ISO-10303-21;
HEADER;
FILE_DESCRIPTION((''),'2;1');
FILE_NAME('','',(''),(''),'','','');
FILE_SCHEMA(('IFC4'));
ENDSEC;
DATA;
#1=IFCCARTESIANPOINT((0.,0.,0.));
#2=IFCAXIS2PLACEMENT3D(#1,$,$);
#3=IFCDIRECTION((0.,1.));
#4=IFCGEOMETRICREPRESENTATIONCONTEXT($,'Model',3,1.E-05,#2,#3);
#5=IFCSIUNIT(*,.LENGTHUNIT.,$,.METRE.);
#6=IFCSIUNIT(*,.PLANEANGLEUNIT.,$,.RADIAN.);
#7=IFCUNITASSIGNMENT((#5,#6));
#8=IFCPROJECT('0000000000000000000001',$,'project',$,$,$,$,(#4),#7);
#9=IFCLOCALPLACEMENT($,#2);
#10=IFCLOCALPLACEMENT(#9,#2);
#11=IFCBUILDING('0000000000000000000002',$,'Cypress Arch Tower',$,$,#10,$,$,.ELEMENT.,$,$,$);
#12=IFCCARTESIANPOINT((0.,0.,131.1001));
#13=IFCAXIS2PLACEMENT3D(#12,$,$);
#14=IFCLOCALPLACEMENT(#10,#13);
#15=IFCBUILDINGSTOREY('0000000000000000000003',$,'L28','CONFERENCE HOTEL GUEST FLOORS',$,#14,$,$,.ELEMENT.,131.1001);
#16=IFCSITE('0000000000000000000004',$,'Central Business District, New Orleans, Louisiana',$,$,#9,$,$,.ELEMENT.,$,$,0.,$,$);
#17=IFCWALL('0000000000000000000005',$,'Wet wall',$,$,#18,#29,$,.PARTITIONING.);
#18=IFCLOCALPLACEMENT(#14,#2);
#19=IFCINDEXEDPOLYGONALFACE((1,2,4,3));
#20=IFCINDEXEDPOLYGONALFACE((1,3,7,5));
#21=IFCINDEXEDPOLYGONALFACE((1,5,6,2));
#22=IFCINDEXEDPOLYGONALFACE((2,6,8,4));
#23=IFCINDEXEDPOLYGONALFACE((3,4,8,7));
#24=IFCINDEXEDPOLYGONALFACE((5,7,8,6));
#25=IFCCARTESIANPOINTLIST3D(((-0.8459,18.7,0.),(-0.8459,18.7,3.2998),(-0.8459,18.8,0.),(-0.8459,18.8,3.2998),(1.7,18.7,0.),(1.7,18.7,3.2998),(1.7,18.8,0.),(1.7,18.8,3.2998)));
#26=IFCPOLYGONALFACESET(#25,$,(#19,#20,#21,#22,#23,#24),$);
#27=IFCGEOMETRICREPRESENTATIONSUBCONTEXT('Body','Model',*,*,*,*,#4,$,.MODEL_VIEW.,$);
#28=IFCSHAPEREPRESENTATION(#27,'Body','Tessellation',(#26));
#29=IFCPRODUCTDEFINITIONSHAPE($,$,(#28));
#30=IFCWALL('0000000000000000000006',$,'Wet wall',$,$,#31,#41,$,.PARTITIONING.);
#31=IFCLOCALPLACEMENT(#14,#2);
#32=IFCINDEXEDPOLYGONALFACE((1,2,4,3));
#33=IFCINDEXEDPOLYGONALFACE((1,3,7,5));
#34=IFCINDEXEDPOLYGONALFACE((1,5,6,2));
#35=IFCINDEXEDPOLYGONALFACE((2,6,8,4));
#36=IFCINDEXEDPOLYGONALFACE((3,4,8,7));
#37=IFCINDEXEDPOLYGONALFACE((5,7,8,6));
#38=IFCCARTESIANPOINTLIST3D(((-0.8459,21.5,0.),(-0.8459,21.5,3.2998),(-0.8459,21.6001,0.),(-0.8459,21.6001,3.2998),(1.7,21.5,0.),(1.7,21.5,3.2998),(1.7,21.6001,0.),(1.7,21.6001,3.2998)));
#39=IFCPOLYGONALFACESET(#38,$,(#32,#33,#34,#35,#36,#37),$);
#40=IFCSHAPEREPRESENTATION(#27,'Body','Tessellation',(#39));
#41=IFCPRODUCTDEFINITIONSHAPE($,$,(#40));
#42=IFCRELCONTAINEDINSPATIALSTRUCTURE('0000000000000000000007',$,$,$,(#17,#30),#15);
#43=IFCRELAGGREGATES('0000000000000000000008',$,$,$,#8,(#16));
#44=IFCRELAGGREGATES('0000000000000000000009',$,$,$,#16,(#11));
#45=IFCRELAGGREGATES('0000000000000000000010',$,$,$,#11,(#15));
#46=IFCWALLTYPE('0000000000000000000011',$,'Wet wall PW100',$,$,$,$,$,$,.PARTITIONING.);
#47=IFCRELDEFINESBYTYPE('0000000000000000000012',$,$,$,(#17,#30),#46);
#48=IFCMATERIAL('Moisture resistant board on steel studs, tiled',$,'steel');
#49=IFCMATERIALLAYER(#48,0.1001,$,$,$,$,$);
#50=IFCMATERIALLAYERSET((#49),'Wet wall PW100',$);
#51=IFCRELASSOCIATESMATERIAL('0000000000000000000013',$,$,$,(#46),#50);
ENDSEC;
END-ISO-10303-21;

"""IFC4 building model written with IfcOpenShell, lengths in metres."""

from ifc_helpers import new_model, si_unit, direction, frame, frame_2d, origin, place, context, subcontext, project, spatial, rectangle, extrude, material, layer, layer_set, type_object, element, save


model = new_model("IFC4")

# Units and contexts
model_context = context("Model", 3, precision=1e-05, world=origin(), true_north=direction((0.0, 1.0)))
body_context = subcontext(model_context, "Body", "Model", "MODEL_VIEW")
ifc_project = project(units=[si_unit("LENGTHUNIT", "METRE"), si_unit("PLANEANGLEUNIT", "RADIAN")], contexts=[model_context])

# Site, building, storey
site_placement = place(None, origin())
site = spatial("IfcSite", under=ifc_project, at=site_placement, Name="Central Business District, New Orleans, Louisiana", CompositionType="ELEMENT", RefElevation=0.0)
building_placement = place(site_placement, origin())
building = spatial("IfcBuilding", under=site, at=building_placement, Name="Cypress Arch Tower", CompositionType="ELEMENT")
storey_placement = place(building_placement, frame((0.0, 0.0, 131.1001)))
storey = spatial("IfcBuildingStorey", under=building, at=storey_placement, Name="L28", Description="CONFERENCE HOTEL GUEST FLOORS", CompositionType="ELEMENT", Elevation=131.1001)

# Shared definitions
ifc_material_1 = material(Name="Moisture resistant board on steel studs, tiled", Category="steel")
ifc_layer_1 = layer(ifc_material_1, 0.1001)
ifc_layer_set_1 = layer_set([ifc_layer_1], Name="Wet wall PW100")
wall_type_1 = type_object("IfcWallType", Name="Wet wall PW100", PredefinedType="PARTITIONING", material=ifc_layer_set_1)

# Walls
for number, where, z_axis, x_axis, name in (
    (1, (-0.8459, 18.75, 0.0), (0.0, 0.0, 1.0), (1.0, 0.0, 0.0), "Wet wall"),
    (2, (-0.8459, 21.55, 0.0), (0.0, 0.0, 1.0), (1.0, 0.0, 0.0), "Wet wall"),
):
    element("IfcWall", number, at=place(storey_placement, frame(where, z_axis=z_axis, x_axis=x_axis)), inside=storey, type_object=wall_type_1, Name=name, PredefinedType="PARTITIONING", context=body_context, shape_type="SweptSolid", body=[
        extrude(rectangle(XDim=2.5459, YDim=0.1001, at=frame_2d((1.2729, 0.0))), origin(), (0.0, 0.0, 1.0), 3.2998),
    ])

save(model, "model.ifc")
